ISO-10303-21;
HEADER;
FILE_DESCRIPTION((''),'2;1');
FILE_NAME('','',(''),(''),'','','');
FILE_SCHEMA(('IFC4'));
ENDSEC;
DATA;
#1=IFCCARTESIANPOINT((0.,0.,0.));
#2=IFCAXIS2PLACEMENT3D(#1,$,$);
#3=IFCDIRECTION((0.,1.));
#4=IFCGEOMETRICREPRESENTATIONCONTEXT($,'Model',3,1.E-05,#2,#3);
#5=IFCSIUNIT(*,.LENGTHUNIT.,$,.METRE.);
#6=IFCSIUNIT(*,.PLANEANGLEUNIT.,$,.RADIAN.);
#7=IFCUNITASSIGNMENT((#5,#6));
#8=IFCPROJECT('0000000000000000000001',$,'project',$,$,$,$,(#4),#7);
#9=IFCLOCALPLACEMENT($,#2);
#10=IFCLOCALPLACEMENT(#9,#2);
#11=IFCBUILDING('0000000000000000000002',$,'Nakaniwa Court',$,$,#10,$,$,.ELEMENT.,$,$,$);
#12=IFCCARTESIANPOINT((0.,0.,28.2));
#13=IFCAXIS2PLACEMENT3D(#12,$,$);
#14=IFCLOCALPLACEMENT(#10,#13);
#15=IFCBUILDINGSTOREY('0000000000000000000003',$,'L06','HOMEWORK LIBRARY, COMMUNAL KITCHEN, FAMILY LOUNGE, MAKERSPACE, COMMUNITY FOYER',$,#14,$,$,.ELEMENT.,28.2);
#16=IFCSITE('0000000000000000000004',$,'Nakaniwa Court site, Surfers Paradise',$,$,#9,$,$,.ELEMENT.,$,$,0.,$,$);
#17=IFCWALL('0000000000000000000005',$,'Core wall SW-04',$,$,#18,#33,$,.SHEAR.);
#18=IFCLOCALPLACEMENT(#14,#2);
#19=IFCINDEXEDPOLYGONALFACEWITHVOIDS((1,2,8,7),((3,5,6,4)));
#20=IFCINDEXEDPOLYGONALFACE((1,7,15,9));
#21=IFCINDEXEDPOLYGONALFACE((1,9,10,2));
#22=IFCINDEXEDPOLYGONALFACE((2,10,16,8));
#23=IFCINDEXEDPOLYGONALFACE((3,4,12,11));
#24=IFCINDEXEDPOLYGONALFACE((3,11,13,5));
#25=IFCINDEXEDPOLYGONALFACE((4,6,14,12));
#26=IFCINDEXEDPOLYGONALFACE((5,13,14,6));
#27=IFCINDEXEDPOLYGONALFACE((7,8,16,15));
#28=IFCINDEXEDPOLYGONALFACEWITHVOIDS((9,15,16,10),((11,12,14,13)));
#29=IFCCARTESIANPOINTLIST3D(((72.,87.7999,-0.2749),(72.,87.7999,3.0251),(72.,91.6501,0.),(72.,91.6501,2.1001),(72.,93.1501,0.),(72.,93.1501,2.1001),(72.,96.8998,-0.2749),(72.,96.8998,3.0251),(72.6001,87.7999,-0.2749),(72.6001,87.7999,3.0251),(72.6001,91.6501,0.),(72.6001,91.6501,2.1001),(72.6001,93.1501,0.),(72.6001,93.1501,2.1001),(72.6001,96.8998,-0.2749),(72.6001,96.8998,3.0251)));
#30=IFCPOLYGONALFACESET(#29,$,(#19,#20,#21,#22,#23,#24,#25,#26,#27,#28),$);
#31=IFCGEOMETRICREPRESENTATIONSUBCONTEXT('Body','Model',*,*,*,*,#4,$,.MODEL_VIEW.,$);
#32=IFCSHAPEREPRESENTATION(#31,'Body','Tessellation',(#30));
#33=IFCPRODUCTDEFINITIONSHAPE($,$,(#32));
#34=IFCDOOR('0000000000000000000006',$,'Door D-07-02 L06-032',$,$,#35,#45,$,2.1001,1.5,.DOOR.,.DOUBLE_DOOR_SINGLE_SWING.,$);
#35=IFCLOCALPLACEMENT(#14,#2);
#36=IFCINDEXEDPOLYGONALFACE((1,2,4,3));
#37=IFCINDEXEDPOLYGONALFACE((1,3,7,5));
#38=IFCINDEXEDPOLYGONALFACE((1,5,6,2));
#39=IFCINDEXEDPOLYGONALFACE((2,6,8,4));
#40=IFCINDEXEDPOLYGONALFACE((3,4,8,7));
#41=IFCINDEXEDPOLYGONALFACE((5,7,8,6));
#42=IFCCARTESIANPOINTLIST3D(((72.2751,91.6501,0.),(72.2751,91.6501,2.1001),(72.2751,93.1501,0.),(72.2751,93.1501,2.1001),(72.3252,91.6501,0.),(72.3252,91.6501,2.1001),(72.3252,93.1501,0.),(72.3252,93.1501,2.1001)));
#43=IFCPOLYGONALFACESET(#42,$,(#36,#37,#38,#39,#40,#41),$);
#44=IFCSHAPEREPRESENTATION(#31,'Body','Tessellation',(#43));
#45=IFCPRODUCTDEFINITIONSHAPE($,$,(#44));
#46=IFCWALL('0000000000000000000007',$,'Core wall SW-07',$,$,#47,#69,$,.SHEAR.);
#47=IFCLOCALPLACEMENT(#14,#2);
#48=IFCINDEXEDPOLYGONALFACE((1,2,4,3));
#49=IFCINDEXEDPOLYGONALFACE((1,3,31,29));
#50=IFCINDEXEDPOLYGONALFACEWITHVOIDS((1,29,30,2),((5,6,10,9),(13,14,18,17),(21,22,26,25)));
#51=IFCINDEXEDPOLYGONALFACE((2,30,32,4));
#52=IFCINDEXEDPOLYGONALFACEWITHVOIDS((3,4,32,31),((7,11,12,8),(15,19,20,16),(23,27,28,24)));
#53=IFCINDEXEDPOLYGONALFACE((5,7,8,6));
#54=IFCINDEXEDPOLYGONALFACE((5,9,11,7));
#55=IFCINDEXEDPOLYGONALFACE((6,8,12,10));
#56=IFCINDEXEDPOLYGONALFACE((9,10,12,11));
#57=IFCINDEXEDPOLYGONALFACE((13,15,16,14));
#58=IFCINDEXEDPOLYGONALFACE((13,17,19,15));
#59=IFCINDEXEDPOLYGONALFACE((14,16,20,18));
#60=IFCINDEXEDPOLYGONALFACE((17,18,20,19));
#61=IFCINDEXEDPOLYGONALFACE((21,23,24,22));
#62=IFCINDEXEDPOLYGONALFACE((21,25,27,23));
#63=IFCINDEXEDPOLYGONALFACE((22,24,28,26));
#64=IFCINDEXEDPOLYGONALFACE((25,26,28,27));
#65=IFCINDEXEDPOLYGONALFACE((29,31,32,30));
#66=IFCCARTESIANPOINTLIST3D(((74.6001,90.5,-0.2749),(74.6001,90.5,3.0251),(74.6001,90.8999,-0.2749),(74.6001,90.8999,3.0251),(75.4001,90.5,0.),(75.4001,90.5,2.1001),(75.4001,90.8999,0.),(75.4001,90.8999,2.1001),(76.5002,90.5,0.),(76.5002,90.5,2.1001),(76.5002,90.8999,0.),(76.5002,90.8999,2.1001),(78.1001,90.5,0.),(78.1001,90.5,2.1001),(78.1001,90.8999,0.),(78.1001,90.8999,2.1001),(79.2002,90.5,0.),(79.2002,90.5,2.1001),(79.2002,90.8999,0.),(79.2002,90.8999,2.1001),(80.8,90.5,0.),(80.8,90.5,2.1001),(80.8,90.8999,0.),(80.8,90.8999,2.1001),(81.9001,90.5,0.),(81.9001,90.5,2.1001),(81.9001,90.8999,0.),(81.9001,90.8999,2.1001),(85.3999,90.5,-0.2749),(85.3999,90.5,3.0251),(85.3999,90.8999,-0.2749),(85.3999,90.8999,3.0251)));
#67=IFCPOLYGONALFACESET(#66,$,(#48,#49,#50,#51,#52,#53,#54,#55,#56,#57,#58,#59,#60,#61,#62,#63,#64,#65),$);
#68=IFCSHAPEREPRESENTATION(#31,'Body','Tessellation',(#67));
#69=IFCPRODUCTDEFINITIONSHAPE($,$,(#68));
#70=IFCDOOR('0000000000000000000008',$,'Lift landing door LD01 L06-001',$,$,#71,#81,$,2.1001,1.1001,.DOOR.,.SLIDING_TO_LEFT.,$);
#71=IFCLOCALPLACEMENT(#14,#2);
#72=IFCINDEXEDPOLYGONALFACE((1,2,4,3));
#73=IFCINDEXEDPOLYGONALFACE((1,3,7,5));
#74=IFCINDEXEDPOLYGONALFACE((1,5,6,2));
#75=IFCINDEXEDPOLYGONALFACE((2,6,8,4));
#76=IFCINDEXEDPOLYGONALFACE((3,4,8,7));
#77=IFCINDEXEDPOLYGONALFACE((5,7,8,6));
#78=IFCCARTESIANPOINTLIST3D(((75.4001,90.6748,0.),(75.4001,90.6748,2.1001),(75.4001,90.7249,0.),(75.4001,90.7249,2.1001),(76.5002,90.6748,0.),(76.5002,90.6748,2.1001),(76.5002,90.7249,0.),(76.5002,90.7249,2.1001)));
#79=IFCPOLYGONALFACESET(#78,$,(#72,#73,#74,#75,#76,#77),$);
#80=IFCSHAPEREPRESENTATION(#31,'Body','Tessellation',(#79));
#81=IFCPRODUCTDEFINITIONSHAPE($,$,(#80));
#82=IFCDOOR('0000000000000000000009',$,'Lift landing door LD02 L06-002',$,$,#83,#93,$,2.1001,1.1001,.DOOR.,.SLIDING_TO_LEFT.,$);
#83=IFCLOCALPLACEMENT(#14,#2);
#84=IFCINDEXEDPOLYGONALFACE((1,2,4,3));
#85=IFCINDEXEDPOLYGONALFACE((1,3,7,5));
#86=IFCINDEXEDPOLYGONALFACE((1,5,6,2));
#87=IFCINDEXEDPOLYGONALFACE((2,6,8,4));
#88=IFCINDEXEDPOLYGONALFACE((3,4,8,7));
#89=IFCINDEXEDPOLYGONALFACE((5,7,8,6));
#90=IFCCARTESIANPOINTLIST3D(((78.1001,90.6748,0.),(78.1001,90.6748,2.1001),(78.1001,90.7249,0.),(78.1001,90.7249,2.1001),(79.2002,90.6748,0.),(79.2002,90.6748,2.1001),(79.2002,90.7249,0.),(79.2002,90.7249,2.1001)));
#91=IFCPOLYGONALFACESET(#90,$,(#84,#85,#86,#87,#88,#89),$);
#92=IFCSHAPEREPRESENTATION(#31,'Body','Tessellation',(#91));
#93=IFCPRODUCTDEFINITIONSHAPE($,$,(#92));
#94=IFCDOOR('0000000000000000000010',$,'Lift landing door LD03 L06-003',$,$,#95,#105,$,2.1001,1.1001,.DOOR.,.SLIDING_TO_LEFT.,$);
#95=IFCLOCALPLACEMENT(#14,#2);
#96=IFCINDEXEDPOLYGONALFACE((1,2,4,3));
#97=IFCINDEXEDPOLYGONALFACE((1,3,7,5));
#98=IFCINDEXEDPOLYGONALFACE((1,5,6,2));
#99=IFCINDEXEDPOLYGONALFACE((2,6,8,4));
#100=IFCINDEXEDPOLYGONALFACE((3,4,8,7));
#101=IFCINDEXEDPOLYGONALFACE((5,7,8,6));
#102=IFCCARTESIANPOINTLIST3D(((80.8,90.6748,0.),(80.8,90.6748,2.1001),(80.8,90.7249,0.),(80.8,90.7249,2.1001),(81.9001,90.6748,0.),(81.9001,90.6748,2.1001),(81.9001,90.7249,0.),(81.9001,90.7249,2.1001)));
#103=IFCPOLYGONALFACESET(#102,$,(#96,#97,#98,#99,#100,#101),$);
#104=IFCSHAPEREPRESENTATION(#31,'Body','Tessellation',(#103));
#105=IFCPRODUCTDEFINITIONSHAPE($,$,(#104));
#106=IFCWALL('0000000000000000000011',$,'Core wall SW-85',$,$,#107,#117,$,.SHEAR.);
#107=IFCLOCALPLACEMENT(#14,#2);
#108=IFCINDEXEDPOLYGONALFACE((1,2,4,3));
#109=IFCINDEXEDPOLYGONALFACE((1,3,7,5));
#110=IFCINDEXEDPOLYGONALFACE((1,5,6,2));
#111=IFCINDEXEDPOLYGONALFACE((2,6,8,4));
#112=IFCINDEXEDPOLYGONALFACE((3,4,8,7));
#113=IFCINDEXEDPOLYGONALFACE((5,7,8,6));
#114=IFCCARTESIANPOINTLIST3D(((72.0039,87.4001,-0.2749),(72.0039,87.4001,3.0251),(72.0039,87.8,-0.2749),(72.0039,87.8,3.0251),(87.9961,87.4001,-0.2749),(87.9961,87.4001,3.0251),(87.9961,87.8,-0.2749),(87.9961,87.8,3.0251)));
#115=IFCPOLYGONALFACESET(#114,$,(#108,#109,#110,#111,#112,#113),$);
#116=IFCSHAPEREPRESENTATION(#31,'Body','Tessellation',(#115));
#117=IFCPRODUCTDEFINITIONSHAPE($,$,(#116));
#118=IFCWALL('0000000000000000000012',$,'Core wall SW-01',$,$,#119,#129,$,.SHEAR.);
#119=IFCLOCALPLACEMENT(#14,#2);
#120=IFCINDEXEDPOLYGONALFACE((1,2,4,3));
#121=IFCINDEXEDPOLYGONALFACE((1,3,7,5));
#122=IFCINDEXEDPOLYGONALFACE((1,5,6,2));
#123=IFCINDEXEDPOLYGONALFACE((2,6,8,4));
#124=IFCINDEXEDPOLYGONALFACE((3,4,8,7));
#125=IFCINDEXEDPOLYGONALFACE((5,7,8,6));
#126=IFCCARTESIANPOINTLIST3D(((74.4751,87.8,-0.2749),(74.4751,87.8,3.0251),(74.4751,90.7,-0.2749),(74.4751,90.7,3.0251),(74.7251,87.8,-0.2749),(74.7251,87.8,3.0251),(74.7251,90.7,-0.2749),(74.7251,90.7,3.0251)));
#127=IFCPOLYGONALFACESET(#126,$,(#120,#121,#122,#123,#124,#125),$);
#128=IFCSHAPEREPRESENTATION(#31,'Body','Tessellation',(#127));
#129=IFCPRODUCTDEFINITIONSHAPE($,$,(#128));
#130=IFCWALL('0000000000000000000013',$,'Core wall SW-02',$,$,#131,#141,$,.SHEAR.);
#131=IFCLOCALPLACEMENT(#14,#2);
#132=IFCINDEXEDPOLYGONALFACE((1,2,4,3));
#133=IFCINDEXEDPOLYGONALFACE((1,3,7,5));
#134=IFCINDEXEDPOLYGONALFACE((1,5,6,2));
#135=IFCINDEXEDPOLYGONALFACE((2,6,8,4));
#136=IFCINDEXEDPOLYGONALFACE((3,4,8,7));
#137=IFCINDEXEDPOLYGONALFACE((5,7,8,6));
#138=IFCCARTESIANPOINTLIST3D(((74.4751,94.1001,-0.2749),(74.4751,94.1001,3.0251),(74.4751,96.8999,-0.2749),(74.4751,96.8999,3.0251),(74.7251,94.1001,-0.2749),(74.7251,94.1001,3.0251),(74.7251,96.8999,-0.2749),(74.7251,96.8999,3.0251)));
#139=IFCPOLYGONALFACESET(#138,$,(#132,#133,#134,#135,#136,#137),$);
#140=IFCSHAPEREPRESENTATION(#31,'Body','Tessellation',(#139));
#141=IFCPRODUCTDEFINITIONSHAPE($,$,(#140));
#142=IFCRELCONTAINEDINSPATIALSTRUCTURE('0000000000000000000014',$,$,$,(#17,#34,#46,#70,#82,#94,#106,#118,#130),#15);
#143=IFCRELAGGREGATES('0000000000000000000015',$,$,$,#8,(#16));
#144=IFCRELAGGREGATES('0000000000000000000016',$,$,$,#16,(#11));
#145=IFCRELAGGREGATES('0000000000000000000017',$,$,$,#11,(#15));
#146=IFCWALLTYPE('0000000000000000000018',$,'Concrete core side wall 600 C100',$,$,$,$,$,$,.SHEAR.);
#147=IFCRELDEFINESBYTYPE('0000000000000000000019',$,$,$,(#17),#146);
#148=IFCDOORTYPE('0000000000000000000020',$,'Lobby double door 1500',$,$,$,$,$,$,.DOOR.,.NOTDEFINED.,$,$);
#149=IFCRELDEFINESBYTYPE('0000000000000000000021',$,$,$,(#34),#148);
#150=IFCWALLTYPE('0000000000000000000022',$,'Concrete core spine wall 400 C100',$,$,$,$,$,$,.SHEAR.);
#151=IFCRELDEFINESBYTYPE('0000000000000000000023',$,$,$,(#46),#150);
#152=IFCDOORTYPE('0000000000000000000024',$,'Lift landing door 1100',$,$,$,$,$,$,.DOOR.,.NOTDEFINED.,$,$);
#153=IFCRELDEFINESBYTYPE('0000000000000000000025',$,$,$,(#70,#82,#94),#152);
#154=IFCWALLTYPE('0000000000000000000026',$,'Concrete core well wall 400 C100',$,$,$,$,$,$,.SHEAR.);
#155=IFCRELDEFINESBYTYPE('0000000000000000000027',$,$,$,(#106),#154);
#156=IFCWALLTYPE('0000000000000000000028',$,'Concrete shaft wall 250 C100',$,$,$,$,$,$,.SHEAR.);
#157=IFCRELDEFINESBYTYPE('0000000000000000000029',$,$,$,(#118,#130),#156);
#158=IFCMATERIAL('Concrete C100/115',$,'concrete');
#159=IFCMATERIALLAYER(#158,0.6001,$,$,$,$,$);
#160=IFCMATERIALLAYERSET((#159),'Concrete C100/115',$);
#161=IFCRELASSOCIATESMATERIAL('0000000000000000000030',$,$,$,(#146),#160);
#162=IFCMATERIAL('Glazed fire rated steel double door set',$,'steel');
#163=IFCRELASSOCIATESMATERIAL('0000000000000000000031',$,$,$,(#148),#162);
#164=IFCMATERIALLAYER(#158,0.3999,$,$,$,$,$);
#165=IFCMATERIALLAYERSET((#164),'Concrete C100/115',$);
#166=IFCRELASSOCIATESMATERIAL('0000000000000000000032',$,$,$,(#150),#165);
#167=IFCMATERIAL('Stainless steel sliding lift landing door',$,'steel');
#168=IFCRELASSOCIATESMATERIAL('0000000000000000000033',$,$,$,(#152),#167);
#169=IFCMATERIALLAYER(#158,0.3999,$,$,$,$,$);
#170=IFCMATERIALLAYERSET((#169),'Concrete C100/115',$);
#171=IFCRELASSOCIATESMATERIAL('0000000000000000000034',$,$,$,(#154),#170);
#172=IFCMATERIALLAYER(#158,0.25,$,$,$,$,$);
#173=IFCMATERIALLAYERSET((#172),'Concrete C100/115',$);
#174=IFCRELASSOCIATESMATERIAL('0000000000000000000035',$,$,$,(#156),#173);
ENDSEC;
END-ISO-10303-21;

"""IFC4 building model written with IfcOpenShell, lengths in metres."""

from ifc_helpers import new_model, si_unit, direction, frame, frame_2d, origin, place, context, subcontext, project, spatial, rectangle, extrude, material, layer, layer_set, type_object, element, fill, save


model = new_model("IFC4")

# Units and contexts
model_context = context("Model", 3, precision=1e-05, world=origin(), true_north=direction((0.0, 1.0)))
body_context = subcontext(model_context, "Body", "Model", "MODEL_VIEW")
ifc_project = project(units=[si_unit("LENGTHUNIT", "METRE"), si_unit("PLANEANGLEUNIT", "RADIAN")], contexts=[model_context])

# Site, building, storey
site_placement = place(None, origin())
site = spatial("IfcSite", under=ifc_project, at=site_placement, Name="Nakaniwa Court site, Surfers Paradise", CompositionType="ELEMENT", RefElevation=0.0)
building_placement = place(site_placement, origin())
building = spatial("IfcBuilding", under=site, at=building_placement, Name="Nakaniwa Court", CompositionType="ELEMENT")
storey_placement = place(building_placement, frame((0.0, 0.0, 28.2)))
storey = spatial("IfcBuildingStorey", under=building, at=storey_placement, Name="L06", Description="HOMEWORK LIBRARY, COMMUNAL KITCHEN, FAMILY LOUNGE, MAKERSPACE, COMMUNITY FOYER", CompositionType="ELEMENT", Elevation=28.2)

# Shared definitions
ifc_material_1 = material(Name="Concrete C100/115", Category="concrete")

# Wall, opening, door
ifc_layer_1 = layer(ifc_material_1, 0.6001)
ifc_layer_set_1 = layer_set([ifc_layer_1], Name="Concrete C100/115")
wall_type_1 = type_object("IfcWallType", Name="Concrete core side wall 600 C100", PredefinedType="SHEAR", material=ifc_layer_set_1)
wall_1_placement = place(storey_placement, frame((72.3, 87.8, -0.2749), z_axis=(0.0, 0.0, 1.0), x_axis=(0.0, 1.0, 0.0)))
wall_1 = element("IfcWall", 1, at=wall_1_placement, inside=storey, type_object=wall_type_1, Name="Core wall SW-04", PredefinedType="SHEAR", context=body_context, shape_type="SweptSolid", body=[
    extrude(rectangle(XDim=9.0999, YDim=0.6001, at=frame_2d((4.5498, 0.0))), origin(), (0.0, 0.0, 1.0), 3.3),
])
opening_1_placement = place(wall_1_placement, frame((3.8501, 0.0, 0.2749)))
opening_1 = element("IfcOpeningElement", 2, at=opening_1_placement, cuts=wall_1, PredefinedType="OPENING", context=body_context, shape_type="SweptSolid", body=[
    extrude(rectangle(XDim=1.5, YDim=2.1001, at=frame_2d((0.75, 1.05))), frame((0.0, 0.3101, 0.0), z_axis=(0.0, -1.0, 0.0), x_axis=(1.0, 0.0, 0.0)), (0.0, 0.0, 1.0), 0.6201),
])
ifc_material_2 = material(Name="Glazed fire rated steel double door set", Category="steel")
door_type_1 = type_object("IfcDoorType", Name="Lobby double door 1500", OperationType="NOTDEFINED", PredefinedType="DOOR", material=ifc_material_2)
door_1_placement = place(opening_1_placement, origin())
door_1 = element("IfcDoor", 3, at=door_1_placement, inside=storey, type_object=door_type_1, Name="Door D-07-02 L06-032", OperationType="DOUBLE_DOOR_SINGLE_SWING", OverallHeight=2.1001, OverallWidth=1.5, PredefinedType="DOOR", context=body_context, shape_type="SweptSolid", body=[
    extrude(rectangle(XDim=1.5, YDim=2.1001, at=frame_2d((0.75, 1.05))), frame((0.0, 0.0249, 0.0), z_axis=(0.0, -1.0, 0.0), x_axis=(1.0, 0.0, 0.0)), (0.0, 0.0, 1.0), 0.05),
])
fill(opening_1, door_1)

# Wall, openings, doors
ifc_layer_2 = layer(ifc_material_1, 0.3999)
ifc_layer_set_2 = layer_set([ifc_layer_2], Name="Concrete C100/115")
wall_type_2 = type_object("IfcWallType", Name="Concrete core spine wall 400 C100", PredefinedType="SHEAR", material=ifc_layer_set_2)
wall_2_placement = place(storey_placement, frame((74.6001, 90.7, -0.2749), z_axis=(0.0, 0.0, 1.0), x_axis=(1.0, 0.0, 0.0)))
wall_2 = element("IfcWall", 4, at=wall_2_placement, inside=storey, type_object=wall_type_2, Name="Core wall SW-07", PredefinedType="SHEAR", context=body_context, shape_type="SweptSolid", body=[
    extrude(rectangle(XDim=10.7998, YDim=0.3999, at=frame_2d((5.3999, 0.0))), origin(), (0.0, 0.0, 1.0), 3.3),
])
opening_2_placement = place(wall_2_placement, frame((0.8, 0.0, 0.2749)))
opening_2 = element("IfcOpeningElement", 5, at=opening_2_placement, cuts=wall_2, PredefinedType="OPENING", context=body_context, shape_type="SweptSolid", body=[
    extrude(rectangle(XDim=1.1001, YDim=2.1001, at=frame_2d((0.55, 1.05))), frame((0.0, 0.21, 0.0), z_axis=(0.0, -1.0, 0.0), x_axis=(1.0, 0.0, 0.0)), (0.0, 0.0, 1.0), 0.4199),
])
opening_3_placement = place(wall_2_placement, frame((3.5, 0.0, 0.2749)))
opening_3 = element("IfcOpeningElement", 6, at=opening_3_placement, cuts=wall_2, PredefinedType="OPENING", context=body_context, shape_type="SweptSolid", body=[
    extrude(rectangle(XDim=1.1001, YDim=2.1001, at=frame_2d((0.55, 1.05))), frame((0.0, 0.21, 0.0), z_axis=(0.0, -1.0, 0.0), x_axis=(1.0, 0.0, 0.0)), (0.0, 0.0, 1.0), 0.4199),
])
opening_4_placement = place(wall_2_placement, frame((6.2, 0.0, 0.2749)))
opening_4 = element("IfcOpeningElement", 7, at=opening_4_placement, cuts=wall_2, PredefinedType="OPENING", context=body_context, shape_type="SweptSolid", body=[
    extrude(rectangle(XDim=1.1001, YDim=2.1001, at=frame_2d((0.55, 1.05))), frame((0.0, 0.21, 0.0), z_axis=(0.0, -1.0, 0.0), x_axis=(1.0, 0.0, 0.0)), (0.0, 0.0, 1.0), 0.4199),
])
ifc_material_3 = material(Name="Stainless steel sliding lift landing door", Category="steel")
door_type_2 = type_object("IfcDoorType", Name="Lift landing door 1100", OperationType="NOTDEFINED", PredefinedType="DOOR", material=ifc_material_3)
door_2_placement = place(opening_2_placement, origin())
door_2 = element("IfcDoor", 8, at=door_2_placement, inside=storey, type_object=door_type_2, Name="Lift landing door LD01 L06-001", OperationType="SLIDING_TO_LEFT", OverallHeight=2.1001, OverallWidth=1.1001, PredefinedType="DOOR", context=body_context, shape_type="SweptSolid", body=[
    extrude(rectangle(XDim=1.1001, YDim=2.1001, at=frame_2d((0.55, 1.05))), frame((0.0, 0.0249, 0.0), z_axis=(0.0, -1.0, 0.0), x_axis=(1.0, 0.0, 0.0)), (0.0, 0.0, 1.0), 0.05),
])
fill(opening_2, door_2)
door_3_placement = place(opening_3_placement, origin())
door_3 = element("IfcDoor", 9, at=door_3_placement, inside=storey, type_object=door_type_2, Name="Lift landing door LD02 L06-002", OperationType="SLIDING_TO_LEFT", OverallHeight=2.1001, OverallWidth=1.1001, PredefinedType="DOOR", context=body_context, shape_type="SweptSolid", body=[
    extrude(rectangle(XDim=1.1001, YDim=2.1001, at=frame_2d((0.55, 1.05))), frame((0.0, 0.0249, 0.0), z_axis=(0.0, -1.0, 0.0), x_axis=(1.0, 0.0, 0.0)), (0.0, 0.0, 1.0), 0.05),
])
fill(opening_3, door_3)
door_4_placement = place(opening_4_placement, origin())
door_4 = element("IfcDoor", 10, at=door_4_placement, inside=storey, type_object=door_type_2, Name="Lift landing door LD03 L06-003", OperationType="SLIDING_TO_LEFT", OverallHeight=2.1001, OverallWidth=1.1001, PredefinedType="DOOR", context=body_context, shape_type="SweptSolid", body=[
    extrude(rectangle(XDim=1.1001, YDim=2.1001, at=frame_2d((0.55, 1.05))), frame((0.0, 0.0249, 0.0), z_axis=(0.0, -1.0, 0.0), x_axis=(1.0, 0.0, 0.0)), (0.0, 0.0, 1.0), 0.05),
])
fill(opening_4, door_4)

# Walls
ifc_layer_3 = layer(ifc_material_1, 0.3999)
ifc_layer_set_3 = layer_set([ifc_layer_3], Name="Concrete C100/115")
wall_type_3 = type_object("IfcWallType", Name="Concrete core well wall 400 C100", PredefinedType="SHEAR", material=ifc_layer_set_3)
wall_3_placement = place(storey_placement, frame((72.0039, 87.6001, -0.2749), z_axis=(0.0, 0.0, 1.0), x_axis=(1.0, 0.0, 0.0)))
element("IfcWall", 11, at=wall_3_placement, inside=storey, type_object=wall_type_3, Name="Core wall SW-85", PredefinedType="SHEAR", context=body_context, shape_type="SweptSolid", body=[
    extrude(rectangle(XDim=15.9922, YDim=0.3999, at=frame_2d((7.9961, 0.0))), origin(), (0.0, 0.0, 1.0), 3.3),
])
ifc_layer_4 = layer(ifc_material_1, 0.25)
ifc_layer_set_4 = layer_set([ifc_layer_4], Name="Concrete C100/115")
wall_type_4 = type_object("IfcWallType", Name="Concrete shaft wall 250 C100", PredefinedType="SHEAR", material=ifc_layer_set_4)
wall_4_placement = place(storey_placement, frame((74.6001, 87.8, -0.2749), z_axis=(0.0, 0.0, 1.0), x_axis=(0.0, 1.0, 0.0)))
element("IfcWall", 12, at=wall_4_placement, inside=storey, type_object=wall_type_4, Name="Core wall SW-01", PredefinedType="SHEAR", context=body_context, shape_type="SweptSolid", body=[
    extrude(rectangle(XDim=2.8999, YDim=0.25, at=frame_2d((1.45, 0.0))), origin(), (0.0, 0.0, 1.0), 3.3),
])
wall_5_placement = place(storey_placement, frame((74.6001, 94.1001, -0.2749), z_axis=(0.0, 0.0, 1.0), x_axis=(0.0, 1.0, 0.0)))
element("IfcWall", 13, at=wall_5_placement, inside=storey, type_object=wall_type_4, Name="Core wall SW-02", PredefinedType="SHEAR", context=body_context, shape_type="SweptSolid", body=[
    extrude(rectangle(XDim=2.7998, YDim=0.25, at=frame_2d((1.3999, 0.0))), origin(), (0.0, 0.0, 1.0), 3.3),
])

save(model, "model.ifc")
